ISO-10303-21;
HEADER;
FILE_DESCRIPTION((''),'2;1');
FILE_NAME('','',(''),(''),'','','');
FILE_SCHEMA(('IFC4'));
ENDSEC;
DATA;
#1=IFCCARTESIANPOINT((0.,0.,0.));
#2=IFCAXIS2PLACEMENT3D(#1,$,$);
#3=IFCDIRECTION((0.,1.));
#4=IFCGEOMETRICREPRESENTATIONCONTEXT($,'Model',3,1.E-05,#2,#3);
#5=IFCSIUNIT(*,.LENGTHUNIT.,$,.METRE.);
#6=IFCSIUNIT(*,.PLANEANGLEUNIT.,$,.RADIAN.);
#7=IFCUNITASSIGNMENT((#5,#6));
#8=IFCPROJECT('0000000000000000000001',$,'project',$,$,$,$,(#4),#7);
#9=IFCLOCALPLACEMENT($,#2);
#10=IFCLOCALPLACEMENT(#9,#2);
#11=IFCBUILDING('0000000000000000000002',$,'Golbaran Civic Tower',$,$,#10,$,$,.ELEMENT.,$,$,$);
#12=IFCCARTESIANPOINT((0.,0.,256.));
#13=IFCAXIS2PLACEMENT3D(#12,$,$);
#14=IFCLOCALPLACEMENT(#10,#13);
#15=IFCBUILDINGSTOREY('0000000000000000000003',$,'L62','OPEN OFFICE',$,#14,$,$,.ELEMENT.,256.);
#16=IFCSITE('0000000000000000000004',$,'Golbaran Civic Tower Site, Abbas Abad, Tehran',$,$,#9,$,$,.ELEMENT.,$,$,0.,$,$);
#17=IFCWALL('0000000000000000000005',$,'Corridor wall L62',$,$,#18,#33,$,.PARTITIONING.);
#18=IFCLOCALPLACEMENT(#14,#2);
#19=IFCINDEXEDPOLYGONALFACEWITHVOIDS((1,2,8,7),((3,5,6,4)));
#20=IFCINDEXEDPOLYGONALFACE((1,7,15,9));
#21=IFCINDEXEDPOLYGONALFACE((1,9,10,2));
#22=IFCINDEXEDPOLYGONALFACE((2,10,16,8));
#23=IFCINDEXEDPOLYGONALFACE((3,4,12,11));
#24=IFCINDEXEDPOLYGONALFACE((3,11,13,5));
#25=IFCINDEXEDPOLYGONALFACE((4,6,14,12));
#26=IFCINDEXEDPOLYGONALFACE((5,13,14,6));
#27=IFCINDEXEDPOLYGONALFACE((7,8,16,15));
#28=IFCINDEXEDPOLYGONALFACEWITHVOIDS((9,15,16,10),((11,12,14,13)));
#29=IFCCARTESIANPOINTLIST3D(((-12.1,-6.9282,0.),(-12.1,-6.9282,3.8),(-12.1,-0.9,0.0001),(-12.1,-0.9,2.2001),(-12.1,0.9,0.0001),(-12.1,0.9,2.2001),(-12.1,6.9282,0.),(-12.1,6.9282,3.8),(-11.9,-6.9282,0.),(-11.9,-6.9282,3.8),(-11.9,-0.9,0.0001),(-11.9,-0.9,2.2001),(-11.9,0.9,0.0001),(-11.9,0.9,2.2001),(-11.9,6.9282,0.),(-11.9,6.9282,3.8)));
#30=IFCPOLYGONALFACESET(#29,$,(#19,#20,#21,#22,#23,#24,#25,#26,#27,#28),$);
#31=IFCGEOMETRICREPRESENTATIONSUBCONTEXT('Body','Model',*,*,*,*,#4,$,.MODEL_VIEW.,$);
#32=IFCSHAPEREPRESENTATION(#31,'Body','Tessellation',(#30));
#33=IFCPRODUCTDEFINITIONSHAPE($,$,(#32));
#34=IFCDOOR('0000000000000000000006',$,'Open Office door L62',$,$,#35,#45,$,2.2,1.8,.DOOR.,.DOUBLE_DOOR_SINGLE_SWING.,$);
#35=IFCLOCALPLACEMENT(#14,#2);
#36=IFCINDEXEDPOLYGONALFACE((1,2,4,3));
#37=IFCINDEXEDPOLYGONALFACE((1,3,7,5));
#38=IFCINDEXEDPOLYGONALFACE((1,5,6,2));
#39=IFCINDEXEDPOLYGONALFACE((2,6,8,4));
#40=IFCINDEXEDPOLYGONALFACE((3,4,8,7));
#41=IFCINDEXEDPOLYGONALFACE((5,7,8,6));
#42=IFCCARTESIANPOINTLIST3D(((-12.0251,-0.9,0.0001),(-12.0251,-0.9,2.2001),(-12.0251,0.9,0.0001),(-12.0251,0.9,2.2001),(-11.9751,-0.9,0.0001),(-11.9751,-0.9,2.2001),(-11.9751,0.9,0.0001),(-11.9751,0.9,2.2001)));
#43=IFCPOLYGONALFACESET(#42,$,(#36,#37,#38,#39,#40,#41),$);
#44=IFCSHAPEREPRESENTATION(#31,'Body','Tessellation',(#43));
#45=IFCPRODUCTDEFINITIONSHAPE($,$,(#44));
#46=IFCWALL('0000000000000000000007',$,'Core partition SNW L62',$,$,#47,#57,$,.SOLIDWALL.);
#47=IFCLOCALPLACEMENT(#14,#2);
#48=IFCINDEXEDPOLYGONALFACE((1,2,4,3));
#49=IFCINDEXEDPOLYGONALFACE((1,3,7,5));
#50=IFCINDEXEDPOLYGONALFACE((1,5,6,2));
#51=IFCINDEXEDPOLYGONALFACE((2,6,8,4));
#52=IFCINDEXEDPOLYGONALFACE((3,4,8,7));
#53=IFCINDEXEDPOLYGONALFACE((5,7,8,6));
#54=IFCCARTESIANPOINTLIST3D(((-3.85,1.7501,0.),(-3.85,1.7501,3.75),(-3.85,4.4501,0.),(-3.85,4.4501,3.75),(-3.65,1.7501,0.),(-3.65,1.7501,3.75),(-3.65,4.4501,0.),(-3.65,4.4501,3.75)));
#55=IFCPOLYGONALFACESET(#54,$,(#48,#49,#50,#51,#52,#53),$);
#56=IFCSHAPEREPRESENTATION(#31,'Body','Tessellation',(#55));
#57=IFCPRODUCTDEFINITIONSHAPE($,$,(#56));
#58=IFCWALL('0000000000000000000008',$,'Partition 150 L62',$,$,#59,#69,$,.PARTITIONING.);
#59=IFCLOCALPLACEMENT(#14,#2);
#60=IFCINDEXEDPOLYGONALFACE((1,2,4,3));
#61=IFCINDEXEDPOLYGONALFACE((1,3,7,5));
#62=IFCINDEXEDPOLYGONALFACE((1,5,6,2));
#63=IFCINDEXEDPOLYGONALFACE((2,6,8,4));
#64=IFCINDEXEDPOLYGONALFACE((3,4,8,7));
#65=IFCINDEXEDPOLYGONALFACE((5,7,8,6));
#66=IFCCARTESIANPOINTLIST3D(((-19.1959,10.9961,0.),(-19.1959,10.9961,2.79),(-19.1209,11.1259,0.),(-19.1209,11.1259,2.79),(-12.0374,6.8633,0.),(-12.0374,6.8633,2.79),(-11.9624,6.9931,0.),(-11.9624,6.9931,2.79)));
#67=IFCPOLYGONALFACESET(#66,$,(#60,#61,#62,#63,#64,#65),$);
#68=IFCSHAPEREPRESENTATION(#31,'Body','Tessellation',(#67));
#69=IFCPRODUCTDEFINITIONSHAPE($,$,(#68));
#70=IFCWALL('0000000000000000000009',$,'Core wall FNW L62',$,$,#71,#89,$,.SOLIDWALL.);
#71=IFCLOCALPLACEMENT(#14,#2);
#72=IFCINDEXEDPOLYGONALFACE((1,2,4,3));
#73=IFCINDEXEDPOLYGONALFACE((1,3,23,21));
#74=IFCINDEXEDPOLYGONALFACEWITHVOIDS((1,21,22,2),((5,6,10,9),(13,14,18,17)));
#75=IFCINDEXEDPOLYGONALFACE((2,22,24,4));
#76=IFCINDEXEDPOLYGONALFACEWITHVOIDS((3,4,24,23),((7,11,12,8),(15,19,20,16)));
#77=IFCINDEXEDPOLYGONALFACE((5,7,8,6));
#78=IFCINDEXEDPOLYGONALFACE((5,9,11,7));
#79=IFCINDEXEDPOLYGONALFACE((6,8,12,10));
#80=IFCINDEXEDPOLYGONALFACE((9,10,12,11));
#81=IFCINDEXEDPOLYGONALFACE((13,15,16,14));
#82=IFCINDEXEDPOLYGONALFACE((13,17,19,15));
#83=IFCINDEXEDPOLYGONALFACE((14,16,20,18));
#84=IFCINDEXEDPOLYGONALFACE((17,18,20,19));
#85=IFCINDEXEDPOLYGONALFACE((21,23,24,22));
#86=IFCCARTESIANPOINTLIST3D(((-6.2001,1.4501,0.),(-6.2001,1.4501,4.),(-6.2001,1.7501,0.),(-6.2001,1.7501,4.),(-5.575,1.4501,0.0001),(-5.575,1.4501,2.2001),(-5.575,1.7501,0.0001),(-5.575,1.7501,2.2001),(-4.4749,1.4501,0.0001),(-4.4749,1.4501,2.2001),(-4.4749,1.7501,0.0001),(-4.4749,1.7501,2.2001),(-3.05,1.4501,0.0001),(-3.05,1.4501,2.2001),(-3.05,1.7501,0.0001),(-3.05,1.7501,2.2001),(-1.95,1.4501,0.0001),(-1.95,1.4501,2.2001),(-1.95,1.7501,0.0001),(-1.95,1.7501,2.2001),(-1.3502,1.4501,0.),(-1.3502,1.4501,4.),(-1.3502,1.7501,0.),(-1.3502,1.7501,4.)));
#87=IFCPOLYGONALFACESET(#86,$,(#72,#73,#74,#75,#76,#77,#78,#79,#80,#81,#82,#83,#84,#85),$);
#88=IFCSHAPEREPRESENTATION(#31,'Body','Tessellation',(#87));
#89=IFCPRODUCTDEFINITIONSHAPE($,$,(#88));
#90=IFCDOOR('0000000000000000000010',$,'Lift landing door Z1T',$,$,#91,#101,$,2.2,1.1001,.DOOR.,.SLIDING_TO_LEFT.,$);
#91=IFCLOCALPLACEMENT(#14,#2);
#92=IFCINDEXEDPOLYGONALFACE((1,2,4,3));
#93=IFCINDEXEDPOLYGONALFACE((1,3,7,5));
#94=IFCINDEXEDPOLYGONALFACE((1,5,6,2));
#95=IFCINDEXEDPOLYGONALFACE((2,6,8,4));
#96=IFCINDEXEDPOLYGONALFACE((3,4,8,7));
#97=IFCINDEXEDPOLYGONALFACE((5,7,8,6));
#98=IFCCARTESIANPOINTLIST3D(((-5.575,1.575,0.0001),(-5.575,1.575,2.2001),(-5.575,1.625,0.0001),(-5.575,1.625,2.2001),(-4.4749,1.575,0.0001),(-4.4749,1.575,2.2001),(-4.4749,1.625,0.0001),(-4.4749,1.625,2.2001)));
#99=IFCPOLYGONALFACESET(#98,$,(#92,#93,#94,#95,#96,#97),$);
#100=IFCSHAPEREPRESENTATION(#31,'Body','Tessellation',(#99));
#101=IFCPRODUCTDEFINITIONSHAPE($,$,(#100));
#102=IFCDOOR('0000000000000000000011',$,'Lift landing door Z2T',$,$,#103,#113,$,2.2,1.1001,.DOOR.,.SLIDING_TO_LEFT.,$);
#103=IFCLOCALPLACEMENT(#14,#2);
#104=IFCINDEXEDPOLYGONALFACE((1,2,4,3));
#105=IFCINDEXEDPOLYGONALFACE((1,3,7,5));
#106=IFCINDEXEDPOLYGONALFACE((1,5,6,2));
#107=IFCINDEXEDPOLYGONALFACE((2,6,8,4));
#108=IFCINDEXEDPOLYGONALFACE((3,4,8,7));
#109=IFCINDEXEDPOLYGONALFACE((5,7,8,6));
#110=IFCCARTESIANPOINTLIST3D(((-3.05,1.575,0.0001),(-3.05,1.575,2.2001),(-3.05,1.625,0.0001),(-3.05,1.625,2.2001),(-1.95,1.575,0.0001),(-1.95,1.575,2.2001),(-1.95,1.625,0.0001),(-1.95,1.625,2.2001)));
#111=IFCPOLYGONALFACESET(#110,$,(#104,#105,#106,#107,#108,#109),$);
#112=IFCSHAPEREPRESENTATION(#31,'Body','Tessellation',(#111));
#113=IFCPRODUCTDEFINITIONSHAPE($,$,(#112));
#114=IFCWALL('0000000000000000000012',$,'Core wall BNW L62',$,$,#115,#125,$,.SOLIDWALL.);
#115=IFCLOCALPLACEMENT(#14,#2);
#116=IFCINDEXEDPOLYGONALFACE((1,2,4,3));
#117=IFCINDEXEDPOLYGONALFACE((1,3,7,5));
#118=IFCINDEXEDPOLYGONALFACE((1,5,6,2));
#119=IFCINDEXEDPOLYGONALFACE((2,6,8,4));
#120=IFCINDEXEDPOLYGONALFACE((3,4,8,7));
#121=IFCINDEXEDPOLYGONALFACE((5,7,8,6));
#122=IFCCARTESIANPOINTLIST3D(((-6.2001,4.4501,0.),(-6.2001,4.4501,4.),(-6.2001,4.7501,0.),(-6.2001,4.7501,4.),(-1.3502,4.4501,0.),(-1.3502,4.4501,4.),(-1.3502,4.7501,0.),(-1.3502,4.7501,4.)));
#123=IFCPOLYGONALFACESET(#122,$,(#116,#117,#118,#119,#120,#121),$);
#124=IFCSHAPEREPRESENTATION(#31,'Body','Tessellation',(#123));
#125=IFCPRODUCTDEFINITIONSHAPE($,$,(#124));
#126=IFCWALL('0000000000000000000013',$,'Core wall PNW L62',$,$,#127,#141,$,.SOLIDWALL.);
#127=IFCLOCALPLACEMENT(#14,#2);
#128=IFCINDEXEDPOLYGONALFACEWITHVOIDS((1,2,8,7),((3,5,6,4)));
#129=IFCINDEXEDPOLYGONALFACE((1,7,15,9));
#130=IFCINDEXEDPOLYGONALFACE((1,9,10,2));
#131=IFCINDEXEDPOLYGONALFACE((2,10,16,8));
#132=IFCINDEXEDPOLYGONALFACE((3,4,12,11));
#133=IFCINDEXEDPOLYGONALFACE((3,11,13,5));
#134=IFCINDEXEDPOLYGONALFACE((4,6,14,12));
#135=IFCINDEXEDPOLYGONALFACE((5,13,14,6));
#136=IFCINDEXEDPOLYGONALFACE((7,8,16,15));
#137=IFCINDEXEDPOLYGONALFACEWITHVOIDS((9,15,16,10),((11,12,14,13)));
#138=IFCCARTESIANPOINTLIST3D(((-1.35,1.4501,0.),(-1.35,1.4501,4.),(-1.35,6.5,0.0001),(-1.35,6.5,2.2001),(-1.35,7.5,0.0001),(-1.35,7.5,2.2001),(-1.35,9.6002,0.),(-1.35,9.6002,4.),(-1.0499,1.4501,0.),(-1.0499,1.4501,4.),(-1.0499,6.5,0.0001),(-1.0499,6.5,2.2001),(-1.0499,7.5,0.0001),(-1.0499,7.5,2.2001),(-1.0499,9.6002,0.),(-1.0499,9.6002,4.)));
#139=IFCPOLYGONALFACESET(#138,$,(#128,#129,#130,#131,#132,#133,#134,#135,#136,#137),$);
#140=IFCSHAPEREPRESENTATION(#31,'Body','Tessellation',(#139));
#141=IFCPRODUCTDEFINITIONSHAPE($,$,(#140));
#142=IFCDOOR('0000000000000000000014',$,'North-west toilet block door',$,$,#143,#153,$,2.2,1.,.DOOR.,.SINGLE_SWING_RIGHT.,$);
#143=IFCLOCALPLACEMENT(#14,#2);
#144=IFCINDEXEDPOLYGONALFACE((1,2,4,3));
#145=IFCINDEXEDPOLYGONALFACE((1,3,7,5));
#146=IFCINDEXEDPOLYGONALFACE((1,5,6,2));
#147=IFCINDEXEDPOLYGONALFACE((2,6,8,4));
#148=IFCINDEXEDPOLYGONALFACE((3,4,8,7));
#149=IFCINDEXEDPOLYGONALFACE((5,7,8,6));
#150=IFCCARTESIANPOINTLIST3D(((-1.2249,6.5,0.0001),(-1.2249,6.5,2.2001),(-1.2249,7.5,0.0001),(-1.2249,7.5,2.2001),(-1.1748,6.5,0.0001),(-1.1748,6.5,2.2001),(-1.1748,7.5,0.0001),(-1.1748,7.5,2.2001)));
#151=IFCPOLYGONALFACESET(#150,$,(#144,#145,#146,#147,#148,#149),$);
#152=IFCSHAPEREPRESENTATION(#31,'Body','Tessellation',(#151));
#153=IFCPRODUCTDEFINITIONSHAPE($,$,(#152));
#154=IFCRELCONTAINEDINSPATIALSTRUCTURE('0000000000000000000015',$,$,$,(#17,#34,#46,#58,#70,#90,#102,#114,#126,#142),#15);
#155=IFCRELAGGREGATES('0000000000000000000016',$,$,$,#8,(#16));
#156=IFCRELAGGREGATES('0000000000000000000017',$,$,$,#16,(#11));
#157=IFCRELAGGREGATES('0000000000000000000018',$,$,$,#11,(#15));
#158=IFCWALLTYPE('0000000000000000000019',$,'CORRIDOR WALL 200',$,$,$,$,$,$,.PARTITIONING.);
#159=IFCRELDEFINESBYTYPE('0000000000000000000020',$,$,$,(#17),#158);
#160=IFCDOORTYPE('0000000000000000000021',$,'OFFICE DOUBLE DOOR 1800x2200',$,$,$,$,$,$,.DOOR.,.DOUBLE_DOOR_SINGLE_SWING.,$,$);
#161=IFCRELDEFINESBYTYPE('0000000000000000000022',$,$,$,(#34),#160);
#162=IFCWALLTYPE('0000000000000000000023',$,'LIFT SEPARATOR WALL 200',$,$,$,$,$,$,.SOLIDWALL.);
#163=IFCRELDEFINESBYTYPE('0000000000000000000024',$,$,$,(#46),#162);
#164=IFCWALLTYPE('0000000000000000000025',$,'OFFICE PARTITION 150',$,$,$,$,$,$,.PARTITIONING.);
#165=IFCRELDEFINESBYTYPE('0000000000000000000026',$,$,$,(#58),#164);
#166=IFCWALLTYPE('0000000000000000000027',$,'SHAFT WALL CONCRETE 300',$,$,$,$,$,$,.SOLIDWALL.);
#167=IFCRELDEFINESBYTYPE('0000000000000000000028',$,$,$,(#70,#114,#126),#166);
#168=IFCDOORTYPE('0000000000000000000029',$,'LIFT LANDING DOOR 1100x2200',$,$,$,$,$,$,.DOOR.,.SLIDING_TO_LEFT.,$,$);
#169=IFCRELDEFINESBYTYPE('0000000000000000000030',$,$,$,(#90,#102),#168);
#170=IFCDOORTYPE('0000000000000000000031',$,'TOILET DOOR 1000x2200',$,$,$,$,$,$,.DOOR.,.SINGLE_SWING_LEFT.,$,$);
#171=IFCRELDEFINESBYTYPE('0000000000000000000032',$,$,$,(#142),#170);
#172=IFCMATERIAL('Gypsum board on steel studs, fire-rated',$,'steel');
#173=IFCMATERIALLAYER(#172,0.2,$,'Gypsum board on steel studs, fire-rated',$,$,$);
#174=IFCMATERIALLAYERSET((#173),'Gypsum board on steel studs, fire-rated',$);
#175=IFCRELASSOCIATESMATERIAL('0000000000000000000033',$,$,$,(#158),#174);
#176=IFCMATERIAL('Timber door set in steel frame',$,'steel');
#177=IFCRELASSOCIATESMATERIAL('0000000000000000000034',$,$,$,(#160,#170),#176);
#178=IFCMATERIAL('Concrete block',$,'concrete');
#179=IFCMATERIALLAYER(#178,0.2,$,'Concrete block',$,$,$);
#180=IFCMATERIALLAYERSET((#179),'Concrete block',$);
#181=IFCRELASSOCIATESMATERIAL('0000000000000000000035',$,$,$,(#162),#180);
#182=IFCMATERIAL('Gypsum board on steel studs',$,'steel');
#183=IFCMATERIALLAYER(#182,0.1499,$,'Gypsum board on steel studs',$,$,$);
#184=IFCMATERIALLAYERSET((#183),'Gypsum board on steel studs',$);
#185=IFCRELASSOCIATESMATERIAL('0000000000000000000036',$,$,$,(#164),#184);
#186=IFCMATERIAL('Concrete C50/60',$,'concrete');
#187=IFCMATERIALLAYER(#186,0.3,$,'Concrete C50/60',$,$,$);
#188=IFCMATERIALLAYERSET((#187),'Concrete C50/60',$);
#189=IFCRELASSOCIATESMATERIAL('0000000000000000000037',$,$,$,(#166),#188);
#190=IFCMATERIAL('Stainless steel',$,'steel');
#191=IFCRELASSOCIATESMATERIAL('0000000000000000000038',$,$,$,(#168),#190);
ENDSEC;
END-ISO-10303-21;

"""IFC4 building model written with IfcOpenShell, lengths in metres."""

from ifc_helpers import new_model, si_unit, direction, frame, frame_2d, origin, place, context, subcontext, project, spatial, rectangle, extrude, material, layer, layer_set, type_object, element, fill, save


model = new_model("IFC4")

# Units and contexts
model_context = context("Model", 3, precision=1e-05, world=origin(), true_north=direction((0.0, 1.0)))
body_context = subcontext(model_context, "Body", "Model", "MODEL_VIEW")
ifc_project = project(units=[si_unit("LENGTHUNIT", "METRE"), si_unit("PLANEANGLEUNIT", "RADIAN")], contexts=[model_context])

# Site, building, storey
site_placement = place(None, origin())
site = spatial("IfcSite", under=ifc_project, at=site_placement, Name="Golbaran Civic Tower Site, Abbas Abad, Tehran", CompositionType="ELEMENT", RefElevation=0.0)
building_placement = place(site_placement, origin())
building = spatial("IfcBuilding", under=site, at=building_placement, Name="Golbaran Civic Tower", CompositionType="ELEMENT")
storey_placement = place(building_placement, frame((0.0, 0.0, 256.0)))
storey = spatial("IfcBuildingStorey", under=building, at=storey_placement, Name="L62", Description="OPEN OFFICE", CompositionType="ELEMENT", Elevation=256.0)

# Shared definitions
ifc_material_1 = material(Name="Concrete C50/60", Category="concrete")
ifc_material_2 = material(Name="Timber door set in steel frame", Category="steel")

# Shared definitions
ifc_material_3 = material(Name="Gypsum board on steel studs, fire-rated", Category="steel")
ifc_layer_1 = layer(ifc_material_3, 0.2, Name="Gypsum board on steel studs, fire-rated")
ifc_layer_set_1 = layer_set([ifc_layer_1], Name="Gypsum board on steel studs, fire-rated")
wall_type_1 = type_object("IfcWallType", Name="CORRIDOR WALL 200", PredefinedType="PARTITIONING", material=ifc_layer_set_1)

# Wall, opening, door
wall_1_placement = place(storey_placement, frame((-12.0, 6.9282, 0.0), z_axis=(0.0, 0.0, 1.0), x_axis=(0.0, -1.0, 0.0)))
wall_1 = element("IfcWall", 1, at=wall_1_placement, inside=storey, type_object=wall_type_1, Name="Corridor wall L62", PredefinedType="PARTITIONING", context=body_context, shape_type="SweptSolid", body=[
    extrude(rectangle(XDim=13.8564, YDim=0.2, at=frame_2d((6.9282, 0.0))), origin(), (0.0, 0.0, 1.0), 3.8),
])
opening_1_placement = place(wall_1_placement, frame((6.0283, 0.0, 0.0)))
opening_1 = element("IfcOpeningElement", 2, at=opening_1_placement, cuts=wall_1, PredefinedType="OPENING", context=body_context, shape_type="SweptSolid", body=[
    extrude(rectangle(XDim=1.8, YDim=2.2, at=frame_2d((0.8999, 1.1001))), frame((0.0, 0.1099, 0.0), z_axis=(0.0, -1.0, 0.0), x_axis=(1.0, 0.0, 0.0)), (0.0, 0.0, 1.0), 0.22),
])
door_type_1 = type_object("IfcDoorType", Name="OFFICE DOUBLE DOOR 1800x2200", OperationType="DOUBLE_DOOR_SINGLE_SWING", PredefinedType="DOOR", material=ifc_material_2)
door_1_placement = place(opening_1_placement, origin())
door_1 = element("IfcDoor", 3, at=door_1_placement, inside=storey, type_object=door_type_1, Name="Open Office door L62", OperationType="DOUBLE_DOOR_SINGLE_SWING", OverallHeight=2.2, OverallWidth=1.8, PredefinedType="DOOR", context=body_context, shape_type="SweptSolid", body=[
    extrude(rectangle(XDim=1.8, YDim=2.2, at=frame_2d((0.8999, 1.1001))), frame((0.0, 0.0249, 0.0), z_axis=(0.0, -1.0, 0.0), x_axis=(1.0, 0.0, 0.0)), (0.0, 0.0, 1.0), 0.05),
])
fill(opening_1, door_1)

# Walls
ifc_material_4 = material(Name="Concrete block", Category="concrete")
ifc_layer_2 = layer(ifc_material_4, 0.2, Name="Concrete block")
ifc_layer_set_2 = layer_set([ifc_layer_2], Name="Concrete block")
wall_type_2 = type_object("IfcWallType", Name="LIFT SEPARATOR WALL 200", PredefinedType="SOLIDWALL", material=ifc_layer_set_2)
wall_2_placement = place(storey_placement, frame((-3.75, 1.75, 0.0), z_axis=(0.0, 0.0, 1.0), x_axis=(0.0, 1.0, 0.0)))
element("IfcWall", 4, at=wall_2_placement, inside=storey, type_object=wall_type_2, Name="Core partition SNW L62", PredefinedType="SOLIDWALL", context=body_context, shape_type="SweptSolid", body=[
    extrude(rectangle(XDim=2.7, YDim=0.2, at=frame_2d((1.3501, 0.0))), origin(), (0.0, 0.0, 1.0), 3.75),
])
ifc_material_5 = material(Name="Gypsum board on steel studs", Category="steel")
ifc_layer_3 = layer(ifc_material_5, 0.1499, Name="Gypsum board on steel studs")
ifc_layer_set_3 = layer_set([ifc_layer_3], Name="Gypsum board on steel studs")
wall_type_3 = type_object("IfcWallType", Name="OFFICE PARTITION 150", PredefinedType="PARTITIONING", material=ifc_layer_set_3)
wall_3_placement = place(storey_placement, frame((-12.0, 6.9282, 0.0), z_axis=(0.0, 0.0, 1.0), x_axis=(-0.866032, 0.499989, 0.0)))
element("IfcWall", 5, at=wall_3_placement, inside=storey, type_object=wall_type_3, Name="Partition 150 L62", PredefinedType="PARTITIONING", context=body_context, shape_type="SweptSolid", body=[
    extrude(rectangle(XDim=8.2659, YDim=0.1499, at=frame_2d((4.1328, 0.0))), origin(), (0.0, 0.0, 1.0), 2.79),
])

# Wall, openings, doors
ifc_layer_4 = layer(ifc_material_1, 0.3, Name="Concrete C50/60")
ifc_layer_set_4 = layer_set([ifc_layer_4], Name="Concrete C50/60")
wall_type_4 = type_object("IfcWallType", Name="SHAFT WALL CONCRETE 300", PredefinedType="SOLIDWALL", material=ifc_layer_set_4)
wall_4_placement = place(storey_placement, frame((-6.2, 1.6001, 0.0), z_axis=(0.0, 0.0, 1.0), x_axis=(1.0, 0.0, 0.0)))
wall_4 = element("IfcWall", 6, at=wall_4_placement, inside=storey, type_object=wall_type_4, Name="Core wall FNW L62", PredefinedType="SOLIDWALL", context=body_context, shape_type="SweptSolid", body=[
    extrude(rectangle(XDim=4.8499, YDim=0.3, at=frame_2d((2.4248, 0.0))), origin(), (0.0, 0.0, 1.0), 4.0),
])
opening_2_placement = place(wall_4_placement, frame((0.625, 0.0, 0.0)))
opening_2 = element("IfcOpeningElement", 7, at=opening_2_placement, cuts=wall_4, PredefinedType="OPENING", context=body_context, shape_type="SweptSolid", body=[
    extrude(rectangle(XDim=1.1001, YDim=2.2, at=frame_2d((0.55, 1.1001))), frame((0.0, 0.1599, 0.0), z_axis=(0.0, -1.0, 0.0), x_axis=(1.0, 0.0, 0.0)), (0.0, 0.0, 1.0), 0.3201),
])
opening_3_placement = place(wall_4_placement, frame((3.1499, 0.0, 0.0)))
opening_3 = element("IfcOpeningElement", 8, at=opening_3_placement, cuts=wall_4, PredefinedType="OPENING", context=body_context, shape_type="SweptSolid", body=[
    extrude(rectangle(XDim=1.1001, YDim=2.2, at=frame_2d((0.55, 1.1001))), frame((0.0, 0.1599, 0.0), z_axis=(0.0, -1.0, 0.0), x_axis=(1.0, 0.0, 0.0)), (0.0, 0.0, 1.0), 0.3201),
])
ifc_material_6 = material(Name="Stainless steel", Category="steel")
door_type_2 = type_object("IfcDoorType", Name="LIFT LANDING DOOR 1100x2200", OperationType="SLIDING_TO_LEFT", PredefinedType="DOOR", material=ifc_material_6)
door_2_placement = place(opening_2_placement, origin())
door_2 = element("IfcDoor", 9, at=door_2_placement, inside=storey, type_object=door_type_2, Name="Lift landing door Z1T", OperationType="SLIDING_TO_LEFT", OverallHeight=2.2, OverallWidth=1.1001, PredefinedType="DOOR", context=body_context, shape_type="SweptSolid", body=[
    extrude(rectangle(XDim=1.1001, YDim=2.2, at=frame_2d((0.55, 1.1001))), frame((0.0, 0.0249, 0.0), z_axis=(0.0, -1.0, 0.0), x_axis=(1.0, 0.0, 0.0)), (0.0, 0.0, 1.0), 0.05),
])
fill(opening_2, door_2)
door_3_placement = place(opening_3_placement, origin())
door_3 = element("IfcDoor", 10, at=door_3_placement, inside=storey, type_object=door_type_2, Name="Lift landing door Z2T", OperationType="SLIDING_TO_LEFT", OverallHeight=2.2, OverallWidth=1.1001, PredefinedType="DOOR", context=body_context, shape_type="SweptSolid", body=[
    extrude(rectangle(XDim=1.1001, YDim=2.2, at=frame_2d((0.55, 1.1001))), frame((0.0, 0.0249, 0.0), z_axis=(0.0, -1.0, 0.0), x_axis=(1.0, 0.0, 0.0)), (0.0, 0.0, 1.0), 0.05),
])
fill(opening_3, door_3)

# Wall
wall_5_placement = place(storey_placement, frame((-6.2, 4.6001, 0.0), z_axis=(0.0, 0.0, 1.0), x_axis=(1.0, 0.0, 0.0)))
element("IfcWall", 11, at=wall_5_placement, inside=storey, type_object=wall_type_4, Name="Core wall BNW L62", PredefinedType="SOLIDWALL", context=body_context, shape_type="SweptSolid", body=[
    extrude(rectangle(XDim=4.8499, YDim=0.3, at=frame_2d((2.4248, 0.0))), origin(), (0.0, 0.0, 1.0), 4.0),
])

# Wall, opening, door
wall_6_placement = place(storey_placement, frame((-1.2, 1.45, 0.0), z_axis=(0.0, 0.0, 1.0), x_axis=(0.0, 1.0, 0.0)))
wall_6 = element("IfcWall", 12, at=wall_6_placement, inside=storey, type_object=wall_type_4, Name="Core wall PNW L62", PredefinedType="SOLIDWALL", context=body_context, shape_type="SweptSolid", body=[
    extrude(rectangle(XDim=8.1501, YDim=0.3, at=frame_2d((4.0752, 0.0))), origin(), (0.0, 0.0, 1.0), 4.0),
])
opening_4_placement = place(wall_6_placement, frame((5.05, 0.0, 0.0)))
opening_4 = element("IfcOpeningElement", 13, at=opening_4_placement, cuts=wall_6, PredefinedType="OPENING", context=body_context, shape_type="SweptSolid", body=[
    extrude(rectangle(XDim=1.0, YDim=2.2, at=frame_2d((0.5, 1.1001))), frame((0.0, 0.1599, 0.0), z_axis=(0.0, -1.0, 0.0), x_axis=(1.0, 0.0, 0.0)), (0.0, 0.0, 1.0), 0.3201),
])
door_type_3 = type_object("IfcDoorType", Name="TOILET DOOR 1000x2200", OperationType="SINGLE_SWING_LEFT", PredefinedType="DOOR", material=ifc_material_2)
door_4_placement = place(opening_4_placement, origin())
door_4 = element("IfcDoor", 14, at=door_4_placement, inside=storey, type_object=door_type_3, Name="North-west toilet block door", OperationType="SINGLE_SWING_RIGHT", OverallHeight=2.2, OverallWidth=1.0, PredefinedType="DOOR", context=body_context, shape_type="SweptSolid", body=[
    extrude(rectangle(XDim=1.0, YDim=2.2, at=frame_2d((0.5, 1.1001))), frame((0.0, 0.0249, 0.0), z_axis=(0.0, -1.0, 0.0), x_axis=(1.0, 0.0, 0.0)), (0.0, 0.0, 1.0), 0.05),
])
fill(opening_4, door_4)

save(model, "model.ifc")
